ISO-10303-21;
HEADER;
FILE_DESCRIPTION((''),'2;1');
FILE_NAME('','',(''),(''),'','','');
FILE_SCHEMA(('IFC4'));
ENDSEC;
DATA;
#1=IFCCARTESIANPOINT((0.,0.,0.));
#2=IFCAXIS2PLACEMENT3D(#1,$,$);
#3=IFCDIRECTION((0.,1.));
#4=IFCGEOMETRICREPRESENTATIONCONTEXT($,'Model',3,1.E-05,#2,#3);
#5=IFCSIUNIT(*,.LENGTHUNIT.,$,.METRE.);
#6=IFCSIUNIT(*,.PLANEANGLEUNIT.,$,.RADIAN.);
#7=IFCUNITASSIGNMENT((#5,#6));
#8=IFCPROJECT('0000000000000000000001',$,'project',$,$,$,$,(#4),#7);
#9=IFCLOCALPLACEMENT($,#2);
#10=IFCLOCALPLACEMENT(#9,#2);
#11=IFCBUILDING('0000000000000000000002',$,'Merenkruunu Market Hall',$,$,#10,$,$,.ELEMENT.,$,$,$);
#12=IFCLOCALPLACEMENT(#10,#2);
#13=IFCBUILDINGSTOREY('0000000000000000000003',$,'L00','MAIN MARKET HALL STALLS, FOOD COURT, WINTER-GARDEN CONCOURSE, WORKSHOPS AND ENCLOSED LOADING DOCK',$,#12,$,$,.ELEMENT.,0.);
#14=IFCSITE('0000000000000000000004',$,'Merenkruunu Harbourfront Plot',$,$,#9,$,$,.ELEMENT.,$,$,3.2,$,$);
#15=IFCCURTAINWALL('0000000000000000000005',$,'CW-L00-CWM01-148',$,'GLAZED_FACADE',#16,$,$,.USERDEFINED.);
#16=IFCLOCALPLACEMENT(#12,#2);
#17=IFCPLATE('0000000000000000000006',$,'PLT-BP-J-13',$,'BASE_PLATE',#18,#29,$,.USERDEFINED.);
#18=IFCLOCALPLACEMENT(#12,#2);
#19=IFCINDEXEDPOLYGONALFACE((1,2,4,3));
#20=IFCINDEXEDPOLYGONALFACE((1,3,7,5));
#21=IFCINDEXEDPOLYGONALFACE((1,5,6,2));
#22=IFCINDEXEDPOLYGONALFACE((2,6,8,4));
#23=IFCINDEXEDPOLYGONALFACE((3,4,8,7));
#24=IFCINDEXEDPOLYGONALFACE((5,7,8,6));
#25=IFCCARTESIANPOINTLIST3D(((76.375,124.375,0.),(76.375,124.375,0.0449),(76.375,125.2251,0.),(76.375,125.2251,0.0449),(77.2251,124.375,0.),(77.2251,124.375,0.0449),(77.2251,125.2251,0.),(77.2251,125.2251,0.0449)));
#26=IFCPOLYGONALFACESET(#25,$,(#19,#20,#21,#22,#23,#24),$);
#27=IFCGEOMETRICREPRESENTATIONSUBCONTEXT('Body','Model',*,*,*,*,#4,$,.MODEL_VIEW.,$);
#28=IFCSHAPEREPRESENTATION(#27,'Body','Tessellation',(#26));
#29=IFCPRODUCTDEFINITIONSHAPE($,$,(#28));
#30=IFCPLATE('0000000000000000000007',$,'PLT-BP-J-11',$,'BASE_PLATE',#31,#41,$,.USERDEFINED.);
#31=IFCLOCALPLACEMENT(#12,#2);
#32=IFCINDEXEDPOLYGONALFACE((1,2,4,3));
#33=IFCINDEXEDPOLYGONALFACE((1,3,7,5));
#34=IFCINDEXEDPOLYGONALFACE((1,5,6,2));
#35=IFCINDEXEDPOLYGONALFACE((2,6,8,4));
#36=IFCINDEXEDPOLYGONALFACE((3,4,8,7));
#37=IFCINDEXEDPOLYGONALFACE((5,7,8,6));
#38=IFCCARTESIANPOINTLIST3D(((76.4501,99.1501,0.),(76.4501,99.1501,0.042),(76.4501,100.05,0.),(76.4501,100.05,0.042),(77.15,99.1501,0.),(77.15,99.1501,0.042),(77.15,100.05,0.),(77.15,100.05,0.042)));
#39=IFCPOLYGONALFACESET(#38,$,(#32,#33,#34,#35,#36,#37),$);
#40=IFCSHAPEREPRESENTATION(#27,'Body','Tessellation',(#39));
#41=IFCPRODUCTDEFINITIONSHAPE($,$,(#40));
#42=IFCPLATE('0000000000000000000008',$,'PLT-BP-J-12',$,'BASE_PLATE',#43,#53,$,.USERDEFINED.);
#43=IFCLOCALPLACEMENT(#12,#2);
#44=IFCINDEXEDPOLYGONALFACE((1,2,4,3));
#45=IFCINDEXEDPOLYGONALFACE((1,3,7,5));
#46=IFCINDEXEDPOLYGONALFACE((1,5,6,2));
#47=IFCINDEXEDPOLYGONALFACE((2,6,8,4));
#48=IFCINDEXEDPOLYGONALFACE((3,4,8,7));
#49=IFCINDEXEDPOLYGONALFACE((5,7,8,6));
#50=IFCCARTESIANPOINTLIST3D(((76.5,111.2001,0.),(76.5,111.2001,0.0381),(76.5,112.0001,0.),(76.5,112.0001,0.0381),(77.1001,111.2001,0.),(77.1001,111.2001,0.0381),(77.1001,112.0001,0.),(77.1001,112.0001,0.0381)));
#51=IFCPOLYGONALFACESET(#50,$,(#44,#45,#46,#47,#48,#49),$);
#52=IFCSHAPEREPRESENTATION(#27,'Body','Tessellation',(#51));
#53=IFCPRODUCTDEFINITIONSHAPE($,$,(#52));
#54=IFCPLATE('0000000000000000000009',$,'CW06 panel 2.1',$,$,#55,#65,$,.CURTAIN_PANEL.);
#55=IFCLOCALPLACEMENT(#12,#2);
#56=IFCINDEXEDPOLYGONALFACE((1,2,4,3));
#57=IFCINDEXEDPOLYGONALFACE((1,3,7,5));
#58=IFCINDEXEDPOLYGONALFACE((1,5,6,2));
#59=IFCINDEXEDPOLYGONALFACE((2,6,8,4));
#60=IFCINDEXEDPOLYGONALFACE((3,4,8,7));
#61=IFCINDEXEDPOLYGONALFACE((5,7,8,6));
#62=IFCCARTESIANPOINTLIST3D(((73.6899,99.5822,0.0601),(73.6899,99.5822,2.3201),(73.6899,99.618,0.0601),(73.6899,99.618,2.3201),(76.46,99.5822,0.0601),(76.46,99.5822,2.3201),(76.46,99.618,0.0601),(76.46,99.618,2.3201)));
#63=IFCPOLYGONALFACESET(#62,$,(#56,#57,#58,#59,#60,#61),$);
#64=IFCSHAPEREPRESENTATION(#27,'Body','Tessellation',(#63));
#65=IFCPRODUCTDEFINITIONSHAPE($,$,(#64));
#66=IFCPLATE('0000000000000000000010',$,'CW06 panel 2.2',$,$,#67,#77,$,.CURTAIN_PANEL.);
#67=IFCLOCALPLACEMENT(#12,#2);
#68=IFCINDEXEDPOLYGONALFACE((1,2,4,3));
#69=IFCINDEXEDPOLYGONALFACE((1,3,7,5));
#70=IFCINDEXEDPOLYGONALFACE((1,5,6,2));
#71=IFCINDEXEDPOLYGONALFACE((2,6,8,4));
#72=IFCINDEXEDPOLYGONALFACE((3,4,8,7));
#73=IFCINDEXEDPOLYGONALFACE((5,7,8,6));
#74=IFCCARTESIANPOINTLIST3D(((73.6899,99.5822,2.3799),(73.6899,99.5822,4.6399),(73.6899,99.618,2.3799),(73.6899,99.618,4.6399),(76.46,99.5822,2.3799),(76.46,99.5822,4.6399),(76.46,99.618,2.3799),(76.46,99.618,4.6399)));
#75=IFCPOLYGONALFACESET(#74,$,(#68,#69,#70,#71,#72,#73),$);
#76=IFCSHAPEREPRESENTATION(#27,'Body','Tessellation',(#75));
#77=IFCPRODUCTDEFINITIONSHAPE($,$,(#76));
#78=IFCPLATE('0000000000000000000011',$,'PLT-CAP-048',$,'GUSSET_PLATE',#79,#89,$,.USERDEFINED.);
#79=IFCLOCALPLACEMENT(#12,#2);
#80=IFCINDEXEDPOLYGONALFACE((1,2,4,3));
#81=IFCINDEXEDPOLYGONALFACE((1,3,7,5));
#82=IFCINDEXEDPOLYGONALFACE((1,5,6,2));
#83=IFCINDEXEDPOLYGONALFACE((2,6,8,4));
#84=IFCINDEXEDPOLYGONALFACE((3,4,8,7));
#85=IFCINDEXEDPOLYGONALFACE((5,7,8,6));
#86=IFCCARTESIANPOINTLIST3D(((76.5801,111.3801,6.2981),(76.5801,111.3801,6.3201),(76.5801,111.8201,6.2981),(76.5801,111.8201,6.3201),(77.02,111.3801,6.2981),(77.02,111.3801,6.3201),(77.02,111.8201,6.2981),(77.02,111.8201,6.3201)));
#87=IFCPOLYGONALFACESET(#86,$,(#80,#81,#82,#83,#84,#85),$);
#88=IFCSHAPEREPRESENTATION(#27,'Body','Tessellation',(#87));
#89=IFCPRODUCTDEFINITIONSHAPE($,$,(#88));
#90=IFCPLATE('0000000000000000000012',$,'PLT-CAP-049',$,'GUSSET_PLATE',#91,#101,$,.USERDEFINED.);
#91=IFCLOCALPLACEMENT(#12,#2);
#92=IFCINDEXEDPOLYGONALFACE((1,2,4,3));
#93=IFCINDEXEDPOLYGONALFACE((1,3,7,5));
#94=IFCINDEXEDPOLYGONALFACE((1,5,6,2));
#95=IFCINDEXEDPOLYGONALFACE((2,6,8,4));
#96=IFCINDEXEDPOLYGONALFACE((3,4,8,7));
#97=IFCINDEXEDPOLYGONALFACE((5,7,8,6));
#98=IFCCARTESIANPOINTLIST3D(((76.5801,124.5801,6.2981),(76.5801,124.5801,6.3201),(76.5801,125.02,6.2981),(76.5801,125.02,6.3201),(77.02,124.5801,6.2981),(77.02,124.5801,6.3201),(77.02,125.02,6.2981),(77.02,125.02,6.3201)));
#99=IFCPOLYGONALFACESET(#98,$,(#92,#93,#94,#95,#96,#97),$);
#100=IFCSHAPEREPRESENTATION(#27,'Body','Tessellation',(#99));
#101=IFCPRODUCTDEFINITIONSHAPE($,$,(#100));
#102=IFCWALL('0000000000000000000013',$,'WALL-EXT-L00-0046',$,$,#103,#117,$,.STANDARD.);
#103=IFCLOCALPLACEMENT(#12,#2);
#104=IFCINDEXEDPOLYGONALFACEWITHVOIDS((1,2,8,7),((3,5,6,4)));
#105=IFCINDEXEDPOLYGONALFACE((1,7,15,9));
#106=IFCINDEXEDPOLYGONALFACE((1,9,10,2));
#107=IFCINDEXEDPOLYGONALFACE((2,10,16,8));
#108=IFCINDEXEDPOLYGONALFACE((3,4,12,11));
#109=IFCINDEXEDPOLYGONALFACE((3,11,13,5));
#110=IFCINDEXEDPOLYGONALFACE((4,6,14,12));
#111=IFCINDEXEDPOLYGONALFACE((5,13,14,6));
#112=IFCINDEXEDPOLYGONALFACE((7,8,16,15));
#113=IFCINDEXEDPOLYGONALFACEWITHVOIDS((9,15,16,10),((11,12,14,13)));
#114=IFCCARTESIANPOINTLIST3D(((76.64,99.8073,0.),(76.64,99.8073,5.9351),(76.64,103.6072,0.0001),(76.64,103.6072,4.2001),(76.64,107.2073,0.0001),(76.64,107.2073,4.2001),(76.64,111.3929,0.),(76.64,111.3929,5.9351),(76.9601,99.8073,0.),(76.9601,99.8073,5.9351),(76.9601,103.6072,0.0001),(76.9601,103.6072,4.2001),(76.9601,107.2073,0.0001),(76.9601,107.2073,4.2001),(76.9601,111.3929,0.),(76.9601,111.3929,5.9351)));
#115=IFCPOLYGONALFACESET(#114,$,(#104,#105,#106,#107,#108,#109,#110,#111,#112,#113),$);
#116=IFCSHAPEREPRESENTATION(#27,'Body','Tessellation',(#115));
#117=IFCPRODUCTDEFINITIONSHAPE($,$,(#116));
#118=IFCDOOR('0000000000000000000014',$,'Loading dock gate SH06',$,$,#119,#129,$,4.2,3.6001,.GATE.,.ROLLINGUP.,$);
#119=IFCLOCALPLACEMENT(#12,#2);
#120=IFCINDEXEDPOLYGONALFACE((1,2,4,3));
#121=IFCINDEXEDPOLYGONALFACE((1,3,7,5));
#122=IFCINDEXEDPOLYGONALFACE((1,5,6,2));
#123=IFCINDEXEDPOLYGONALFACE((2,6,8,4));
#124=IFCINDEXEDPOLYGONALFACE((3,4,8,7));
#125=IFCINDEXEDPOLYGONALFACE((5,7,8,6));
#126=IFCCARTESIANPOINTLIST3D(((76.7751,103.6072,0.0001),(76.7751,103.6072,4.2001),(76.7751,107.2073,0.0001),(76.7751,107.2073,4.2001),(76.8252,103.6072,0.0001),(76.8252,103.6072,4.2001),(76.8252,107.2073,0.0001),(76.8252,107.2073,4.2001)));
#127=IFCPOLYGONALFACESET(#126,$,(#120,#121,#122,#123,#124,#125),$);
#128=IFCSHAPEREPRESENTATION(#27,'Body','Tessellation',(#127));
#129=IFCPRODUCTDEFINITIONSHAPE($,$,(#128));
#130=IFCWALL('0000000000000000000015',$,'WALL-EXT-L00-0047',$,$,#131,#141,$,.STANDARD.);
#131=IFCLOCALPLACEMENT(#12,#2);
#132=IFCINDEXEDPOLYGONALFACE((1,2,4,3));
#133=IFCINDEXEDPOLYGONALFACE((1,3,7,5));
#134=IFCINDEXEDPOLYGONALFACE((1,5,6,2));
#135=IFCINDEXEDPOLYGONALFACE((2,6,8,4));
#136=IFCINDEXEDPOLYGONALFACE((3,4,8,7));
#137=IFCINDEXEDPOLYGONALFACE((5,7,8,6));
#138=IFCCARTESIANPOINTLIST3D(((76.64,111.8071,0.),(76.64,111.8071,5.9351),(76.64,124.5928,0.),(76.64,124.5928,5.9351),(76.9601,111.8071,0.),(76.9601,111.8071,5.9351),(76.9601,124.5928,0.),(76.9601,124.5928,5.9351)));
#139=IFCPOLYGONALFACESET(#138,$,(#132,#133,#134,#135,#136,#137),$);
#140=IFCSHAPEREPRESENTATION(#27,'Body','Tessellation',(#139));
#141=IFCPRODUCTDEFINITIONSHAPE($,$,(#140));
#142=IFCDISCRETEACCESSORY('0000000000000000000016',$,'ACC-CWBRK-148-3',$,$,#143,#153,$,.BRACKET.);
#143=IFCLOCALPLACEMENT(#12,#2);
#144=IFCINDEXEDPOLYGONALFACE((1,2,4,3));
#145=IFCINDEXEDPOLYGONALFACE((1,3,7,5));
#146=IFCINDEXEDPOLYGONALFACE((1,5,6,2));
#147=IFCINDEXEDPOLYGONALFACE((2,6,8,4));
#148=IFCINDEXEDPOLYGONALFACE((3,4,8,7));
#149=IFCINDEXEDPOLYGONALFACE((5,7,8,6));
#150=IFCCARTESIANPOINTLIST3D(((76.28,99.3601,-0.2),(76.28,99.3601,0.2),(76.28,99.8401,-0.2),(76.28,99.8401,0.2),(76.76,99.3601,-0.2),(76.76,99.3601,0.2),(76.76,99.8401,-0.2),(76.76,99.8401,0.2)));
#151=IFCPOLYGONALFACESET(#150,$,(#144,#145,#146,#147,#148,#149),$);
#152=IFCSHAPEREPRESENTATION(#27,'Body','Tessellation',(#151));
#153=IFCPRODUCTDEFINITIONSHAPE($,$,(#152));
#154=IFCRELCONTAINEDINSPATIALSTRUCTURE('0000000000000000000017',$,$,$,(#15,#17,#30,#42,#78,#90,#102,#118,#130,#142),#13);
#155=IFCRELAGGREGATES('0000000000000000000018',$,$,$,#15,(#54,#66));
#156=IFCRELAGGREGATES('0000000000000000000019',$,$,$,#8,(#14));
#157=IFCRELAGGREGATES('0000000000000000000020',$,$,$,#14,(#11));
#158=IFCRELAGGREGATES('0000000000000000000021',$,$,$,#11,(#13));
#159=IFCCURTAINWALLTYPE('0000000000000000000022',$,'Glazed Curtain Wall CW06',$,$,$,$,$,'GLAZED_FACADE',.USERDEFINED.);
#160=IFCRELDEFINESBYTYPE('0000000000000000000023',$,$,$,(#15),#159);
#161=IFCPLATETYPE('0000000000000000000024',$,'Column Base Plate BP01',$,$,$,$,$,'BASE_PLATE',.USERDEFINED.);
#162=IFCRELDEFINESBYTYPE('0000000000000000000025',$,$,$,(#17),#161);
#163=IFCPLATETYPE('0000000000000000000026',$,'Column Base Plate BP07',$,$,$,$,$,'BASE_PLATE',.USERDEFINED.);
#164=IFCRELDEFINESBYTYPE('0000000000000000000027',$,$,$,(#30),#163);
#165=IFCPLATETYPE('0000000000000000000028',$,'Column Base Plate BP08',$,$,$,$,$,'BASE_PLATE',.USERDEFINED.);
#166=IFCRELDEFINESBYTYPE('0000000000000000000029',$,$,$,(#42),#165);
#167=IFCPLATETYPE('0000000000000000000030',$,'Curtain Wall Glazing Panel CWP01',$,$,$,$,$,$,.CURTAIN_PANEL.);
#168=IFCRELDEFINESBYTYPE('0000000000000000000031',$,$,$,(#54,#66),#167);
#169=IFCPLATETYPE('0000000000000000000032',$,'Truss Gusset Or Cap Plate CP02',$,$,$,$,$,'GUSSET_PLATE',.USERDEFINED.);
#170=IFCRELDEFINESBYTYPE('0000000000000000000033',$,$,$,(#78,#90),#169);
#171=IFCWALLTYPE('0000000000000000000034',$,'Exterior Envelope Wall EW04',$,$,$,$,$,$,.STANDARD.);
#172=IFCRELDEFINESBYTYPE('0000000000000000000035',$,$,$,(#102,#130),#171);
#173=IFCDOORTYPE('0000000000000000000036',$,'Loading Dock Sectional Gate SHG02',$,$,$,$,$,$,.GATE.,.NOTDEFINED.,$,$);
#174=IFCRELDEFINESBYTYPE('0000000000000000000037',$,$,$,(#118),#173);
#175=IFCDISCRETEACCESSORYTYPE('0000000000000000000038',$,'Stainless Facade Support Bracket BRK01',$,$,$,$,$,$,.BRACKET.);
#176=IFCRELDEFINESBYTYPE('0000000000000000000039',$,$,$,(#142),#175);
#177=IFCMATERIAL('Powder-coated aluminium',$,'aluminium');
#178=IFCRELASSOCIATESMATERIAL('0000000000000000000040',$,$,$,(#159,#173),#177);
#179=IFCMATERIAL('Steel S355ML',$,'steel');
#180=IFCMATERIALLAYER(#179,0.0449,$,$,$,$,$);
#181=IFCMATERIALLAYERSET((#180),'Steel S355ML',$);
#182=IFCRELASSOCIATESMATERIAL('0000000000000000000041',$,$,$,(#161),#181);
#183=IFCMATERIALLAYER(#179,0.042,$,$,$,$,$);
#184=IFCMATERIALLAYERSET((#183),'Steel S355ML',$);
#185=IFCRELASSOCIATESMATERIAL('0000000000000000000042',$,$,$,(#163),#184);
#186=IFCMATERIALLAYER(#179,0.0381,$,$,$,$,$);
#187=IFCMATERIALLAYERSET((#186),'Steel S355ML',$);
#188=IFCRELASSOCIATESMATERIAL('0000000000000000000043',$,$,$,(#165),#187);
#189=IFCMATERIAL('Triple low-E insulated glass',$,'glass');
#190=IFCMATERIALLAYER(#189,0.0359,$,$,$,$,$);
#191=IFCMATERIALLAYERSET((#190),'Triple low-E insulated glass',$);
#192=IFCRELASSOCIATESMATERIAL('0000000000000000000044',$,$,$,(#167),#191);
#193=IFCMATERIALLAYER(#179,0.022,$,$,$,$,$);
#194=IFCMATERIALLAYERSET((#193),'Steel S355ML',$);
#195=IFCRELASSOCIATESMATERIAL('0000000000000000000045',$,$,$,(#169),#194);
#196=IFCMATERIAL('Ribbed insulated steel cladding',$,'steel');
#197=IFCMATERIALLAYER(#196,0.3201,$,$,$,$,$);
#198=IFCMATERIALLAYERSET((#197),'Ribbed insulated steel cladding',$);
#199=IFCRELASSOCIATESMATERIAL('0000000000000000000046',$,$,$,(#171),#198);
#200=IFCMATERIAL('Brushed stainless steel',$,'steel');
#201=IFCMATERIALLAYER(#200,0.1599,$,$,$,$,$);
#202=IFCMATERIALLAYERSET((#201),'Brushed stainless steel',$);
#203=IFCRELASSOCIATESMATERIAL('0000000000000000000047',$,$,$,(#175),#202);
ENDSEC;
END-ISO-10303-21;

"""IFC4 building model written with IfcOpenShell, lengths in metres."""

from ifc_helpers import new_model, si_unit, direction, frame, frame_2d, origin, origin_2d, place, context, subcontext, project, spatial, rectangle, extrude, material, layer, layer_set, type_object, element, fill, aggregate, save


model = new_model("IFC4")

# Units and contexts
model_context = context("Model", 3, precision=1e-05, world=origin(), true_north=direction((0.0, 1.0)))
body_context = subcontext(model_context, "Body", "Model", "MODEL_VIEW")
ifc_project = project(units=[si_unit("LENGTHUNIT", "METRE"), si_unit("PLANEANGLEUNIT", "RADIAN")], contexts=[model_context])

# Site, building, storey
site_placement = place(None, origin())
site = spatial("IfcSite", under=ifc_project, at=site_placement, Name="Merenkruunu Harbourfront Plot", CompositionType="ELEMENT", RefElevation=3.2)
building_placement = place(site_placement, origin())
building = spatial("IfcBuilding", under=site, at=building_placement, Name="Merenkruunu Market Hall", CompositionType="ELEMENT")
storey_placement = place(building_placement, origin())
storey = spatial("IfcBuildingStorey", under=building, at=storey_placement, Name="L00", Description="MAIN MARKET HALL STALLS, FOOD COURT, WINTER-GARDEN CONCOURSE, WORKSHOPS AND ENCLOSED LOADING DOCK", CompositionType="ELEMENT", Elevation=0.0)

# Shared definitions
ifc_material_1 = material(Name="Steel S355ML", Category="steel")

# Curtain wall
ifc_material_2 = material(Name="Powder-coated aluminium", Category="aluminium")
curtain_wall_type = type_object("IfcCurtainWallType", Name="Glazed Curtain Wall CW06", ElementType="GLAZED_FACADE", PredefinedType="USERDEFINED", material=ifc_material_2)
curtain_wall_placement = place(storey_placement, origin())
curtain_wall = element("IfcCurtainWall", 1, at=curtain_wall_placement, inside=storey, type_object=curtain_wall_type, Name="CW-L00-CWM01-148", ObjectType="GLAZED_FACADE", PredefinedType="USERDEFINED")

# Plates
ifc_layer_1 = layer(ifc_material_1, 0.0449)
ifc_layer_set_1 = layer_set([ifc_layer_1], Name="Steel S355ML")
plate_type_1 = type_object("IfcPlateType", Name="Column Base Plate BP01", ElementType="BASE_PLATE", PredefinedType="USERDEFINED", material=ifc_layer_set_1)
plate_1_placement = place(storey_placement, frame((76.8, 124.8, 0.0), z_axis=(0.0, 0.0, 1.0), x_axis=(1.0, 0.0, 0.0)))
element("IfcPlate", 2, at=plate_1_placement, inside=storey, type_object=plate_type_1, Name="PLT-BP-J-13", ObjectType="BASE_PLATE", PredefinedType="USERDEFINED", context=body_context, shape_type="SweptSolid", body=[
    extrude(rectangle(XDim=0.8501, YDim=0.8501, at=origin_2d()), origin(), (0.0, 0.0, 1.0), 0.0449),
])
ifc_layer_2 = layer(ifc_material_1, 0.042)
ifc_layer_set_2 = layer_set([ifc_layer_2], Name="Steel S355ML")
plate_type_2 = type_object("IfcPlateType", Name="Column Base Plate BP07", ElementType="BASE_PLATE", PredefinedType="USERDEFINED", material=ifc_layer_set_2)
plate_2_placement = place(storey_placement, frame((76.8, 99.6001, 0.0), z_axis=(0.0, 0.0, 1.0), x_axis=(1.0, 0.0, 0.0)))
element("IfcPlate", 3, at=plate_2_placement, inside=storey, type_object=plate_type_2, Name="PLT-BP-J-11", ObjectType="BASE_PLATE", PredefinedType="USERDEFINED", context=body_context, shape_type="SweptSolid", body=[
    extrude(rectangle(XDim=0.7, YDim=0.8999, at=origin_2d()), origin(), (0.0, 0.0, 1.0), 0.042),
])
ifc_layer_3 = layer(ifc_material_1, 0.0381)
ifc_layer_set_3 = layer_set([ifc_layer_3], Name="Steel S355ML")
plate_type_3 = type_object("IfcPlateType", Name="Column Base Plate BP08", ElementType="BASE_PLATE", PredefinedType="USERDEFINED", material=ifc_layer_set_3)
plate_3_placement = place(storey_placement, frame((76.8, 111.6001, 0.0), z_axis=(0.0, 0.0, 1.0), x_axis=(1.0, 0.0, 0.0)))
element("IfcPlate", 4, at=plate_3_placement, inside=storey, type_object=plate_type_3, Name="PLT-BP-J-12", ObjectType="BASE_PLATE", PredefinedType="USERDEFINED", context=body_context, shape_type="SweptSolid", body=[
    extrude(rectangle(XDim=0.6001, YDim=0.8, at=origin_2d()), origin(), (0.0, 0.0, 1.0), 0.0381),
])

# Plates
ifc_material_3 = material(Name="Triple low-E insulated glass", Category="glass")
ifc_layer_4 = layer(ifc_material_3, 0.0359)
ifc_layer_set_4 = layer_set([ifc_layer_4], Name="Triple low-E insulated glass")
plate_type_4 = type_object("IfcPlateType", Name="Curtain Wall Glazing Panel CWP01", PredefinedType="CURTAIN_PANEL", material=ifc_layer_set_4)
plate_4_placement = place(storey_placement, frame((75.075, 99.6001, 0.0601), z_axis=(0.0, 0.0, 1.0), x_axis=(1.0, 0.0, 0.0)))
plate_4 = element("IfcPlate", 5, at=plate_4_placement, type_object=plate_type_4, Name="CW06 panel 2.1", PredefinedType="CURTAIN_PANEL", context=body_context, shape_type="SweptSolid", body=[
    extrude(rectangle(XDim=2.77, YDim=0.0359, at=origin_2d()), origin(), (0.0, 0.0, 1.0), 2.26),
])
plate_5_placement = place(storey_placement, frame((75.075, 99.6001, 2.3799), z_axis=(0.0, 0.0, 1.0), x_axis=(1.0, 0.0, 0.0)))
plate_5 = element("IfcPlate", 6, at=plate_5_placement, type_object=plate_type_4, Name="CW06 panel 2.2", PredefinedType="CURTAIN_PANEL", context=body_context, shape_type="SweptSolid", body=[
    extrude(rectangle(XDim=2.77, YDim=0.0359, at=origin_2d()), origin(), (0.0, 0.0, 1.0), 2.26),
])
aggregate(curtain_wall, [plate_4, plate_5])

# Plates
ifc_layer_5 = layer(ifc_material_1, 0.022)
ifc_layer_set_5 = layer_set([ifc_layer_5], Name="Steel S355ML")
plate_type_5 = type_object("IfcPlateType", Name="Truss Gusset Or Cap Plate CP02", ElementType="GUSSET_PLATE", PredefinedType="USERDEFINED", material=ifc_layer_set_5)
for number, where, z_axis, x_axis, name in (
    (7, (76.8, 111.6001, 6.2981), (0.0, 0.0, 1.0), (1.0, 0.0, 0.0), "PLT-CAP-048"),
    (8, (76.8, 124.8, 6.2981), (0.0, 0.0, 1.0), (1.0, 0.0, 0.0), "PLT-CAP-049"),
):
    element("IfcPlate", number, at=place(storey_placement, frame(where, z_axis=z_axis, x_axis=x_axis)), inside=storey, type_object=plate_type_5, Name=name, ObjectType="GUSSET_PLATE", PredefinedType="USERDEFINED", context=body_context, shape_type="SweptSolid", body=[
        extrude(rectangle(XDim=0.4399, YDim=0.4399, at=origin_2d()), origin(), (0.0, 0.0, 1.0), 0.022),
    ])

# Wall, opening, door
ifc_material_4 = material(Name="Ribbed insulated steel cladding", Category="steel")
ifc_layer_6 = layer(ifc_material_4, 0.3201)
ifc_layer_set_6 = layer_set([ifc_layer_6], Name="Ribbed insulated steel cladding")
wall_type = type_object("IfcWallType", Name="Exterior Envelope Wall EW04", PredefinedType="STANDARD", material=ifc_layer_set_6)
wall_1_placement = place(storey_placement, frame((76.8, 99.8071, 0.0), z_axis=(0.0, 0.0, 1.0), x_axis=(0.0, 1.0, 0.0)))
wall_1 = element("IfcWall", 9, at=wall_1_placement, inside=storey, type_object=wall_type, Name="WALL-EXT-L00-0046", PredefinedType="STANDARD", context=body_context, shape_type="SweptSolid", body=[
    extrude(rectangle(XDim=11.5857, YDim=0.3201, at=frame_2d((5.793, 0.0))), origin(), (0.0, 0.0, 1.0), 5.9351),
])
opening_placement = place(wall_1_placement, frame((3.8, 0.0, 0.0)))
opening = element("IfcOpeningElement", 10, at=opening_placement, cuts=wall_1, PredefinedType="OPENING", context=body_context, shape_type="SweptSolid", body=[
    extrude(rectangle(XDim=3.6001, YDim=4.2, at=frame_2d((1.8, 2.1001))), frame((0.0, 0.1699, 0.0), z_axis=(0.0, -1.0, 0.0), x_axis=(1.0, 0.0, 0.0)), (0.0, 0.0, 1.0), 0.3401),
])
door_type = type_object("IfcDoorType", Name="Loading Dock Sectional Gate SHG02", OperationType="NOTDEFINED", PredefinedType="GATE", material=ifc_material_2)
door_placement = place(opening_placement, origin())
door = element("IfcDoor", 11, at=door_placement, inside=storey, type_object=door_type, Name="Loading dock gate SH06", OperationType="ROLLINGUP", OverallHeight=4.2, OverallWidth=3.6001, PredefinedType="GATE", context=body_context, shape_type="SweptSolid", body=[
    extrude(rectangle(XDim=3.6001, YDim=4.2, at=frame_2d((1.8, 2.1001))), frame((0.0, 0.0249, 0.0), z_axis=(0.0, -1.0, 0.0), x_axis=(1.0, 0.0, 0.0)), (0.0, 0.0, 1.0), 0.05),
])
fill(opening, door)

# Wall
wall_2_placement = place(storey_placement, frame((76.8, 111.8071, 0.0), z_axis=(0.0, 0.0, 1.0), x_axis=(0.0, 1.0, 0.0)))
element("IfcWall", 12, at=wall_2_placement, inside=storey, type_object=wall_type, Name="WALL-EXT-L00-0047", PredefinedType="STANDARD", context=body_context, shape_type="SweptSolid", body=[
    extrude(rectangle(XDim=12.7856, YDim=0.3201, at=frame_2d((6.3928, 0.0))), origin(), (0.0, 0.0, 1.0), 5.9351),
])

# Discrete accessory
ifc_material_5 = material(Name="Brushed stainless steel", Category="steel")
ifc_layer_7 = layer(ifc_material_5, 0.1599)
ifc_layer_set_7 = layer_set([ifc_layer_7], Name="Brushed stainless steel")
discrete_accessory_type = type_object("IfcDiscreteAccessoryType", Name="Stainless Facade Support Bracket BRK01", PredefinedType="BRACKET", material=ifc_layer_set_7)
discrete_accessory_placement = place(storey_placement, frame((76.52, 99.6001, -0.2), z_axis=(0.0, 0.0, 1.0), x_axis=(1.0, 0.0, 0.0)))
element("IfcDiscreteAccessory", 13, at=discrete_accessory_placement, inside=storey, type_object=discrete_accessory_type, Name="ACC-CWBRK-148-3", PredefinedType="BRACKET", context=body_context, shape_type="SweptSolid", body=[
    extrude(rectangle(XDim=0.48, YDim=0.48, at=origin_2d()), origin(), (0.0, 0.0, 1.0), 0.3999),
])

save(model, "model.ifc")
